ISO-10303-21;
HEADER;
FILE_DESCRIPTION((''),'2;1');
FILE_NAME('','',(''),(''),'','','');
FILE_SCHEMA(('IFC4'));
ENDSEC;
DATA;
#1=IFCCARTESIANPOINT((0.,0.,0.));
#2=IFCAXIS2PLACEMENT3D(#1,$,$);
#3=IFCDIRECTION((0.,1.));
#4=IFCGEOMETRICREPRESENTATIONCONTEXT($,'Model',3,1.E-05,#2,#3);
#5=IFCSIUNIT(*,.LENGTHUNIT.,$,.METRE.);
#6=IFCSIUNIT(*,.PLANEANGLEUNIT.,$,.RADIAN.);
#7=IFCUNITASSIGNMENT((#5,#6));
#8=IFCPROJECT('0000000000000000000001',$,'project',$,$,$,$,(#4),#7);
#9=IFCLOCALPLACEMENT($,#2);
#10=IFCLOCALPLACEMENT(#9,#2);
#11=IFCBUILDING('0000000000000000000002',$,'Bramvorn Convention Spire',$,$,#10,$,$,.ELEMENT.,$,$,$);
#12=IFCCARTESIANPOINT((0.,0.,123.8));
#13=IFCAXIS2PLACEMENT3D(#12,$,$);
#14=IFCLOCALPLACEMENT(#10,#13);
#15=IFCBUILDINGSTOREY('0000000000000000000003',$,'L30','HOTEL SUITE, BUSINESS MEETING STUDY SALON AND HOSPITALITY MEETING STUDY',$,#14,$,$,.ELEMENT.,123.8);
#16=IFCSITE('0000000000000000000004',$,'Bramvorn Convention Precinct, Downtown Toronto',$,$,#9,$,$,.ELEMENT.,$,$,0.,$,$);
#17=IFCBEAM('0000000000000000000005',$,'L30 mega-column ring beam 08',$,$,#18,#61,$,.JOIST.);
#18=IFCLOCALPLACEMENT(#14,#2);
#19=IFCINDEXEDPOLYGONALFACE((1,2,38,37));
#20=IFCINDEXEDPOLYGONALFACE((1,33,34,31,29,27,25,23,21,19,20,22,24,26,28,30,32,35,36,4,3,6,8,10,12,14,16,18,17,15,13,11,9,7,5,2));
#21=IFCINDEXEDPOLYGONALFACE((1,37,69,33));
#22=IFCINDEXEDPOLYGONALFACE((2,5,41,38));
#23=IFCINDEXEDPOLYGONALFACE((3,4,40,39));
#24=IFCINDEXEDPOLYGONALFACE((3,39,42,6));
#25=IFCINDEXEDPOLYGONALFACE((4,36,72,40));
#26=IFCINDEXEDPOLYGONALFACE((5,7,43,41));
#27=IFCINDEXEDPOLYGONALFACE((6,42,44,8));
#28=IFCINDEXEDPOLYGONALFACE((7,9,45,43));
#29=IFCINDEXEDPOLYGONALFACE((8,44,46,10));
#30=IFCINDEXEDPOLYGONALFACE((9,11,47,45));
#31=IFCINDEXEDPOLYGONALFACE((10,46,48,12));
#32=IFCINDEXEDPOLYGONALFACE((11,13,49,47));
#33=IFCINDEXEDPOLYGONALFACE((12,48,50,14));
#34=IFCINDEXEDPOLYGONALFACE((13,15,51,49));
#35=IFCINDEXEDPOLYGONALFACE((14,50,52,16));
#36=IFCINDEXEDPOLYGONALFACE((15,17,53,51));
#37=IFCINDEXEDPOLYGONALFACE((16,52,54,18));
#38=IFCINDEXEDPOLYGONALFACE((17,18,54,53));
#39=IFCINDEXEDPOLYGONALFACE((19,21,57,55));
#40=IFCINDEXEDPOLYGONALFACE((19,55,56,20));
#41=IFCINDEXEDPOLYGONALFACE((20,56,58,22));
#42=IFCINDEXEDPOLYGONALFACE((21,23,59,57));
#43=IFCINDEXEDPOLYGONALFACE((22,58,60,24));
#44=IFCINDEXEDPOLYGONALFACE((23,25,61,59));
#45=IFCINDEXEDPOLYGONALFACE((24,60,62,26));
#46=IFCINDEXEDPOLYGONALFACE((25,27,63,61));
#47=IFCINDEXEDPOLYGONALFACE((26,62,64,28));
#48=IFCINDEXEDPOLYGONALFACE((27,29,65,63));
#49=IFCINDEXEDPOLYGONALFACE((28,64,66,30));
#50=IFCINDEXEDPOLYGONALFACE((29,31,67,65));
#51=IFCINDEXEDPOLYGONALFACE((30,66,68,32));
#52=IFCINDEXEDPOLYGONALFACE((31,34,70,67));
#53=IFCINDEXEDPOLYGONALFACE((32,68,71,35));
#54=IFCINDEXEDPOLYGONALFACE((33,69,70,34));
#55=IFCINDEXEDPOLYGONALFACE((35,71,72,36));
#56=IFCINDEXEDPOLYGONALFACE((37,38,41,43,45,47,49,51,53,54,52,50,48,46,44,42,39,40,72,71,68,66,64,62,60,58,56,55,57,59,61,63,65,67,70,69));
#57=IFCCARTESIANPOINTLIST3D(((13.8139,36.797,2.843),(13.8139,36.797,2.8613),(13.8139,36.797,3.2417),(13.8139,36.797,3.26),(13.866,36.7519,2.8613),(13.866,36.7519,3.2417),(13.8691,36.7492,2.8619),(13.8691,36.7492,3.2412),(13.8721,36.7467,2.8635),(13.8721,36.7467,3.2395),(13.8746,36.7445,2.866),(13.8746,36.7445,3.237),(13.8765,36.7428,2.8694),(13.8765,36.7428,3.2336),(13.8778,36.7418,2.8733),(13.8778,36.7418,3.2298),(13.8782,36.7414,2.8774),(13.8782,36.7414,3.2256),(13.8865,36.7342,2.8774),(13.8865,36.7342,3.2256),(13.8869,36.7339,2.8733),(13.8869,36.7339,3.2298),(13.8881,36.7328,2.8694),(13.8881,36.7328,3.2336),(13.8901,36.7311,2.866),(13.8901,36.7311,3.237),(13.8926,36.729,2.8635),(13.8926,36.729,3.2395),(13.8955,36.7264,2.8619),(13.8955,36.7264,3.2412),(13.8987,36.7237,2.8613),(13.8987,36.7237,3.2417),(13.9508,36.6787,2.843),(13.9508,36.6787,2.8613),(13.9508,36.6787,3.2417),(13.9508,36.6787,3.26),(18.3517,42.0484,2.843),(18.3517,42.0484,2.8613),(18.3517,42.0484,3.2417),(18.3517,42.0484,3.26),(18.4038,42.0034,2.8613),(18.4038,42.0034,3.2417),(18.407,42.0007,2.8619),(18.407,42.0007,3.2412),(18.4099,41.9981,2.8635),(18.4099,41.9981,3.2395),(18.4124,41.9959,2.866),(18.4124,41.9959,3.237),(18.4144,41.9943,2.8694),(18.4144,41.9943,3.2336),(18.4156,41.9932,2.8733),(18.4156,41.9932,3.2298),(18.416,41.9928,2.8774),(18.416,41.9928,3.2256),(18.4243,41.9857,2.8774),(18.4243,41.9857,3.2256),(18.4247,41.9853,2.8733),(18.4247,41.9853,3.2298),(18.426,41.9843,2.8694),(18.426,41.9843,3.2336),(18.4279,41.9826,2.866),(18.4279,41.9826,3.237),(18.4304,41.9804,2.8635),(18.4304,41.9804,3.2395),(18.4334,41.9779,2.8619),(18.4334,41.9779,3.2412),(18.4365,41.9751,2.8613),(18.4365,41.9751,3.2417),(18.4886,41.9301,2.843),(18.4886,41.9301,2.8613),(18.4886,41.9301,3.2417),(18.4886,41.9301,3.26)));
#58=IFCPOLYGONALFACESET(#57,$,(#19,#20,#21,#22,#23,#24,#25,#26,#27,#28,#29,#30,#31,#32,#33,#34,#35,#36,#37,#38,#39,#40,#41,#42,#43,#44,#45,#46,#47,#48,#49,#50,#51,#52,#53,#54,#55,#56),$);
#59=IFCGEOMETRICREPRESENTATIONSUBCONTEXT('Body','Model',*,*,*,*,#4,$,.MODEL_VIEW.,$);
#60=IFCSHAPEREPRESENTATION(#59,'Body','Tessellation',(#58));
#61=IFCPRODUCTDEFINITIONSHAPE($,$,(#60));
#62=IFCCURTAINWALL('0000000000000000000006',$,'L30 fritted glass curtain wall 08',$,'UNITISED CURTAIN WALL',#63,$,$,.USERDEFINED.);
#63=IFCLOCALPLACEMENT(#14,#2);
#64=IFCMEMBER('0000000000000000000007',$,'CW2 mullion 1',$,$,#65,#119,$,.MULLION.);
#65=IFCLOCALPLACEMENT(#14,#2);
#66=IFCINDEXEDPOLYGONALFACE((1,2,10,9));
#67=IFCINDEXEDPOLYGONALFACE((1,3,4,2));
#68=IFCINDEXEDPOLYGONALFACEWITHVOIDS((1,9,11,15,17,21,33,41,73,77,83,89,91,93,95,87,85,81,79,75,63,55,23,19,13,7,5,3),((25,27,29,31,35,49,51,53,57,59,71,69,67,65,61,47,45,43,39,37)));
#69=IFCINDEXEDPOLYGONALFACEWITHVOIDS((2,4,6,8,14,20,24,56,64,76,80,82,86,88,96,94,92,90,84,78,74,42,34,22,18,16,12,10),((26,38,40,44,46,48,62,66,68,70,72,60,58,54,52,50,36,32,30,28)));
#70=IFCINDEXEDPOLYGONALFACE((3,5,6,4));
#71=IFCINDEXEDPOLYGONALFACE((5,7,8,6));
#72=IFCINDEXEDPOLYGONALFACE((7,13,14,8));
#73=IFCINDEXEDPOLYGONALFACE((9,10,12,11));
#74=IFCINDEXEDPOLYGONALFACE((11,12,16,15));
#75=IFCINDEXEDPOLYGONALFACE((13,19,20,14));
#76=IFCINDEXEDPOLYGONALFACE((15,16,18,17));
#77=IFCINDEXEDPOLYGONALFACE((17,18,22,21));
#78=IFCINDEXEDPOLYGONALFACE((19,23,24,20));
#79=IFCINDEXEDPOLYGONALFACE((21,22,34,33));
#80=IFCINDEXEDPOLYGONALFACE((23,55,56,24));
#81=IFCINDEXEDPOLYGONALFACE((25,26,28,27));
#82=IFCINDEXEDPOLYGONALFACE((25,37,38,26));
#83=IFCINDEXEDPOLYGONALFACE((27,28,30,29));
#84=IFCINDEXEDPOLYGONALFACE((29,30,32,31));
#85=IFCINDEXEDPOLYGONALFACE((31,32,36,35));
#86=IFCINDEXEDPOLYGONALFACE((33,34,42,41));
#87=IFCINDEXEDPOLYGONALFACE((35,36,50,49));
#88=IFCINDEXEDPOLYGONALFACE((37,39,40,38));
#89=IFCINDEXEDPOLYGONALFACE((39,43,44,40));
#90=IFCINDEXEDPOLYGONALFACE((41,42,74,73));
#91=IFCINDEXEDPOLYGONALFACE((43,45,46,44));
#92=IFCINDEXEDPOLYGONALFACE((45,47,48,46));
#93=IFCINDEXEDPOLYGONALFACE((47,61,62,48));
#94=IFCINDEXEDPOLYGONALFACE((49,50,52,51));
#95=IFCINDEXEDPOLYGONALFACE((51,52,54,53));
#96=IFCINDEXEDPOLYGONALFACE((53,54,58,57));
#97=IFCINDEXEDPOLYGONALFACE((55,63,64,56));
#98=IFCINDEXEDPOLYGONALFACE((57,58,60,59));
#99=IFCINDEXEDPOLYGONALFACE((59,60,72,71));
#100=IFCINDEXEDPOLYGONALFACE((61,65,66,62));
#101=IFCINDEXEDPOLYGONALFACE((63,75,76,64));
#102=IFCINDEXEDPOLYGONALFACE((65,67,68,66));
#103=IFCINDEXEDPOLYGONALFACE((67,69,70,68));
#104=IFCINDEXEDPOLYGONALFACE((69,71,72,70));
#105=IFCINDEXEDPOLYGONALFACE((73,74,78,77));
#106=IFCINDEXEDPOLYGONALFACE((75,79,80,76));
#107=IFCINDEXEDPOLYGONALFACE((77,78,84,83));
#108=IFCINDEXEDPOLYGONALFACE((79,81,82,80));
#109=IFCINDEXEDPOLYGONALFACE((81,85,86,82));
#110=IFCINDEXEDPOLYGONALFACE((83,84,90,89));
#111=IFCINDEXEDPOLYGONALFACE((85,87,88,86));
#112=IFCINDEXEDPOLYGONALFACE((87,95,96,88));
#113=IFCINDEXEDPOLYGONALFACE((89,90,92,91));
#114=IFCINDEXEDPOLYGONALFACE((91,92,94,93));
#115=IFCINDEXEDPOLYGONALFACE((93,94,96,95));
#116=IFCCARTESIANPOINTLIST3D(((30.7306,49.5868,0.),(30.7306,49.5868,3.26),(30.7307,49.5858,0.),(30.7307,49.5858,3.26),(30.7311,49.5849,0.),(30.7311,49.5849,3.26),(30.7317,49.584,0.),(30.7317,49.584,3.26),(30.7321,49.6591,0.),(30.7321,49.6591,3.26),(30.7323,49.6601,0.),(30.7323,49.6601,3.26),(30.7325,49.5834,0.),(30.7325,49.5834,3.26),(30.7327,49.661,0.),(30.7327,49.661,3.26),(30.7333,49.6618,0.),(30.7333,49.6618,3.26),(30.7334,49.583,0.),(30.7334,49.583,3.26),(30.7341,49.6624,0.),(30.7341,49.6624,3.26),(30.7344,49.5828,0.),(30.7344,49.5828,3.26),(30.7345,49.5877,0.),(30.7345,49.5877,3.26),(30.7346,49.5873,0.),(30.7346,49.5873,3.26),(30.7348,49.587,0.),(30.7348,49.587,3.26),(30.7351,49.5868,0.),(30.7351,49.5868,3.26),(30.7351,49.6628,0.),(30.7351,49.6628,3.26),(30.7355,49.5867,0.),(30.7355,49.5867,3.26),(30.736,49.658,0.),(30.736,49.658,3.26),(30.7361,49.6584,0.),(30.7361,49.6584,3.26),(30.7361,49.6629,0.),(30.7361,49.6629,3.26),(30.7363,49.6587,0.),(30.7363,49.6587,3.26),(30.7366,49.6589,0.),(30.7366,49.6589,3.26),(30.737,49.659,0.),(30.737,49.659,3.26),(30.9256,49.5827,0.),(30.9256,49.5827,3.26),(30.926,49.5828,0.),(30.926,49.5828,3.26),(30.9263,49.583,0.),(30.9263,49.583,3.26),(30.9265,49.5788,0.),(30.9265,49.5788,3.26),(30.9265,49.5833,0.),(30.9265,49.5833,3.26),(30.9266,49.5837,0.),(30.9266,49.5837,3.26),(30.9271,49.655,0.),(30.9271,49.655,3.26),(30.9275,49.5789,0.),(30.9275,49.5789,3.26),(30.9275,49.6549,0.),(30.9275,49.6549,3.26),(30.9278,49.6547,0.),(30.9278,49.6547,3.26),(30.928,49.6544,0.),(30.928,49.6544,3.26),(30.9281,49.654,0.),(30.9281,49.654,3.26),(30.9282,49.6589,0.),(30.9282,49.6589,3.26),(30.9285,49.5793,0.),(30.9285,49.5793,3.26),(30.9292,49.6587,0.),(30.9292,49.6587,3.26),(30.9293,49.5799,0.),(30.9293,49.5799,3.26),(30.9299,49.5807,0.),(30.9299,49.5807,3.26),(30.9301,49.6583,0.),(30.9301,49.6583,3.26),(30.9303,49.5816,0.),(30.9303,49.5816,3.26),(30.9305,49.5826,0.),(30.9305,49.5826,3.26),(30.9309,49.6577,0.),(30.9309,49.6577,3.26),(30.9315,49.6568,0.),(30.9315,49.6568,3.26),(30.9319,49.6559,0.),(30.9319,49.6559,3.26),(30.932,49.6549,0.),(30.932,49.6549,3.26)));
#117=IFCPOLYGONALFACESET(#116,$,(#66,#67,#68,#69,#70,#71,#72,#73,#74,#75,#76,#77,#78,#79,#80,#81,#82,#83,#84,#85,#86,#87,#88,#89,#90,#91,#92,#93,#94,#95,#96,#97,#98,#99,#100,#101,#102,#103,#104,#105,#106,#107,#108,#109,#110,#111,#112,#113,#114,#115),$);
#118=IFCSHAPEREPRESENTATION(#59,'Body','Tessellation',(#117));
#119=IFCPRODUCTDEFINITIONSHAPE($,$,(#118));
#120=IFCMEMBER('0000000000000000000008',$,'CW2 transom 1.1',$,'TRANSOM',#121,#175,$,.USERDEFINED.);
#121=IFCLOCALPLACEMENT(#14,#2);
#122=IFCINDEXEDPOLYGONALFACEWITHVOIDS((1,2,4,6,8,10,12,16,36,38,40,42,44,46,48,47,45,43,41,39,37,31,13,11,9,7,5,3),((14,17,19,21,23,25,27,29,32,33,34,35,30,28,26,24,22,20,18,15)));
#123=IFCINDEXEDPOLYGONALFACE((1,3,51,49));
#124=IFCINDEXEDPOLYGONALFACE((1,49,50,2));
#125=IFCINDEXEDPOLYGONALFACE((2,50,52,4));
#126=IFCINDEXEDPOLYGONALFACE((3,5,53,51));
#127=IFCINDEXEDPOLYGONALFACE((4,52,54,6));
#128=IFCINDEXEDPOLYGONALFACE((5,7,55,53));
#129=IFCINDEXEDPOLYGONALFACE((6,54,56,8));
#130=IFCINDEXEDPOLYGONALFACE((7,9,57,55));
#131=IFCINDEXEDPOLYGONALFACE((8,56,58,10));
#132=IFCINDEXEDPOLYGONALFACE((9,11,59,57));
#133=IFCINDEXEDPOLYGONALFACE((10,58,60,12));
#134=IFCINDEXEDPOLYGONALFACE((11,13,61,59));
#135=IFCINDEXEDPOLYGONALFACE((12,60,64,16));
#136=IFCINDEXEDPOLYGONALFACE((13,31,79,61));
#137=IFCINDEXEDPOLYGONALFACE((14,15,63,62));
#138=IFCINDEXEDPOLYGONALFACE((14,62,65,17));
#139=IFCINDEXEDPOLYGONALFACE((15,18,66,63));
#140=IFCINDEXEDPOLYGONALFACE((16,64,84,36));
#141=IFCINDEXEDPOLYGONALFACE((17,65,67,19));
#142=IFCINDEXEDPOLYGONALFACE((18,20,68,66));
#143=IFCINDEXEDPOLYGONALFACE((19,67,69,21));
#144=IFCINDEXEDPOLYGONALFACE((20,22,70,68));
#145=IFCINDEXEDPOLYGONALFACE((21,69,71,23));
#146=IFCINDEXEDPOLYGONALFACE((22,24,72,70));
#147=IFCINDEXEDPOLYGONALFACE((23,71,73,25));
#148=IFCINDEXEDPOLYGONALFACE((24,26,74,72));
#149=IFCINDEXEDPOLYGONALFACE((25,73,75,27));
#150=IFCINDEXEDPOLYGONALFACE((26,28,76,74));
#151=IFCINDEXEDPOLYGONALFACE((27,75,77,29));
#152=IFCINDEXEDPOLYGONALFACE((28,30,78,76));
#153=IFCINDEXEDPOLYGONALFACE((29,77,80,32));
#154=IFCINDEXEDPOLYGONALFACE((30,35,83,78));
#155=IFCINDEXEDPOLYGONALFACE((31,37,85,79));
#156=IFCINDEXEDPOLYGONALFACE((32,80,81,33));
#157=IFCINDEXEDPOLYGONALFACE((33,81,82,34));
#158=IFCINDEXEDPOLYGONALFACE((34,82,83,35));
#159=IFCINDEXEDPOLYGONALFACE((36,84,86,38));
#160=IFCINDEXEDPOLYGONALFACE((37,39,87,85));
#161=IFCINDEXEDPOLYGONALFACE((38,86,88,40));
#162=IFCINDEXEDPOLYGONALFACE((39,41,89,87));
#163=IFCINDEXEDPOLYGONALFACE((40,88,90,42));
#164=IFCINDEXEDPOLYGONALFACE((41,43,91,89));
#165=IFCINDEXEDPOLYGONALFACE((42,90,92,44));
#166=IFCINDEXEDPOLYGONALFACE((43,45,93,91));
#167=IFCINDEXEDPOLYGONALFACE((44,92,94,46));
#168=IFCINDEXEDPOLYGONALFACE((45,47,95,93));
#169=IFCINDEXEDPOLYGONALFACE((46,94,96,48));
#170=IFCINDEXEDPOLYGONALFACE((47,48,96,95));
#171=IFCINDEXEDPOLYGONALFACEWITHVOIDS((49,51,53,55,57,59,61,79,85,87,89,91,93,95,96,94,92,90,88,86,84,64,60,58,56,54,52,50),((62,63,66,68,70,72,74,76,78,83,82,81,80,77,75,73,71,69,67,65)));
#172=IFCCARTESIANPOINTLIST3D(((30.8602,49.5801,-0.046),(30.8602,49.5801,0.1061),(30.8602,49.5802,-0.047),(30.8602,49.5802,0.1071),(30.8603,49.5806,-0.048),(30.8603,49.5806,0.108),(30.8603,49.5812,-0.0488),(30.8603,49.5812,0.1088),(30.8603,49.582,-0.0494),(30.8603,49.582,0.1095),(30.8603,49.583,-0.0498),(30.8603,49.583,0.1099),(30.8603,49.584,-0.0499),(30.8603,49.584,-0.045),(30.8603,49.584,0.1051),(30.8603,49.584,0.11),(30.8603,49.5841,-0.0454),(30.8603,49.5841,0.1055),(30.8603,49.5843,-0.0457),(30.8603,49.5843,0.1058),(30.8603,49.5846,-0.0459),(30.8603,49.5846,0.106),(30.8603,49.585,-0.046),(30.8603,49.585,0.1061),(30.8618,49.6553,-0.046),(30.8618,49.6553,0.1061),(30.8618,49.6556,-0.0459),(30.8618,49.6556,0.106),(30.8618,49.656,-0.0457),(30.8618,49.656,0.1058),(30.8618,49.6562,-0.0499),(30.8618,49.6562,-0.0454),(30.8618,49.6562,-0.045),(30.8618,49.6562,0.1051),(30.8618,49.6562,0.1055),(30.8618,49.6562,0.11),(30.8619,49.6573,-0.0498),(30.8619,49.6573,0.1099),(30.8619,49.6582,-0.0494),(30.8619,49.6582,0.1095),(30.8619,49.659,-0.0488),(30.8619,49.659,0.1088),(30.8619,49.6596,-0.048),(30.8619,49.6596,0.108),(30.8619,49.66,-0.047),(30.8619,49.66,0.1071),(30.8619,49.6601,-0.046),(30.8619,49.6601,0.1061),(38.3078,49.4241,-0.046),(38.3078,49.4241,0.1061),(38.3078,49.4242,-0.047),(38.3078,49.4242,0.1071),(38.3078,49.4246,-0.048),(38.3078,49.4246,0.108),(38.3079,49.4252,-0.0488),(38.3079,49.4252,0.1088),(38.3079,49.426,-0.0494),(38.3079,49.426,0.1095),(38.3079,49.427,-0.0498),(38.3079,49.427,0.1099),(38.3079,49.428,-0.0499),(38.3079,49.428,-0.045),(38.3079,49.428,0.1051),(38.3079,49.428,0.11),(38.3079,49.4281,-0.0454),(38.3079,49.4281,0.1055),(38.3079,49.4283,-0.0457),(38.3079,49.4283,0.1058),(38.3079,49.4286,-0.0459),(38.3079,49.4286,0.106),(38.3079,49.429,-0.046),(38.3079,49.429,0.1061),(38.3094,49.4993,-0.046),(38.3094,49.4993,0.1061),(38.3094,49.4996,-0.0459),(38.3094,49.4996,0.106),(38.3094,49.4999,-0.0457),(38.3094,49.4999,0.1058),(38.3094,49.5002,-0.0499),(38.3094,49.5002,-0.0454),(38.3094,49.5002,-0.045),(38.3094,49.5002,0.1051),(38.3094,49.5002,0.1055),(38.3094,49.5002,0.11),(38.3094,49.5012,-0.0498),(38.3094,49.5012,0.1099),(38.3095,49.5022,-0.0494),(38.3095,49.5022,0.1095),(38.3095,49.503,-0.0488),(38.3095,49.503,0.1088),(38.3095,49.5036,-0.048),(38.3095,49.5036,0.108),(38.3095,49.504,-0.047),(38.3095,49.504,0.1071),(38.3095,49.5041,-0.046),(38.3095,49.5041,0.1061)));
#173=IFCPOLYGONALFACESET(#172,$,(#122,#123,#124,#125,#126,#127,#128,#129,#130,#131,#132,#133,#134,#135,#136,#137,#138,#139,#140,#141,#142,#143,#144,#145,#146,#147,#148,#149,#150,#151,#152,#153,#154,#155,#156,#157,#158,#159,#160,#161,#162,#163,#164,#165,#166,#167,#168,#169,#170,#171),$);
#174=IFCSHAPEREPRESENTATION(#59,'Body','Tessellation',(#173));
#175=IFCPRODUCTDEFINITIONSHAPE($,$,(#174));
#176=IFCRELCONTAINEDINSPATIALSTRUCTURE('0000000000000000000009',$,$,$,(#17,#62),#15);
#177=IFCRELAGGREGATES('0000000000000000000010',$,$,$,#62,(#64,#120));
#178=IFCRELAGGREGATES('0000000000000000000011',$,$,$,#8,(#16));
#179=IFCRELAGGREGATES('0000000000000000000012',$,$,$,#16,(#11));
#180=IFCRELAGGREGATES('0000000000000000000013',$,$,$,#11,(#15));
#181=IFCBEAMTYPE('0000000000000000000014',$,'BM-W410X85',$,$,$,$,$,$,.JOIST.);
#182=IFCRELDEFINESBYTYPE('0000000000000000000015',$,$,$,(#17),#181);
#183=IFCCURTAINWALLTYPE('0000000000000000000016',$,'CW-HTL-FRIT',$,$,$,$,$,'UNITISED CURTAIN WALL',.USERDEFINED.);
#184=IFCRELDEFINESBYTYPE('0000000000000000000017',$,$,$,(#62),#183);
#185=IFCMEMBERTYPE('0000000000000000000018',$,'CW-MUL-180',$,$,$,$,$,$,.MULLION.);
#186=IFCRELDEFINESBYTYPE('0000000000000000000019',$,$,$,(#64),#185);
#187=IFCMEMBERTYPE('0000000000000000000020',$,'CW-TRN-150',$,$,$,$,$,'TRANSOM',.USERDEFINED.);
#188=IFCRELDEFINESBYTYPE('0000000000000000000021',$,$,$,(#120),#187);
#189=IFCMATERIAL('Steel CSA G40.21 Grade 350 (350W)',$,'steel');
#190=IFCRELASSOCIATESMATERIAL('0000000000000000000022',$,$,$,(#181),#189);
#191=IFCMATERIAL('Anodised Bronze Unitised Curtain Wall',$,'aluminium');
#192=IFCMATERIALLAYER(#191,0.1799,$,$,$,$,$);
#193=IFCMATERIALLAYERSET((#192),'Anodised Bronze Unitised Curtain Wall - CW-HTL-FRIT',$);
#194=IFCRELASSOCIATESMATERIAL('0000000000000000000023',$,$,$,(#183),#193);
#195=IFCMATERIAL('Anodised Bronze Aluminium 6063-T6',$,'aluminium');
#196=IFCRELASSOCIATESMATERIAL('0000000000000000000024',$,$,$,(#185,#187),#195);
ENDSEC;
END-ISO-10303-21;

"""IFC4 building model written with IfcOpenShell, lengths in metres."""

from ifc_helpers import new_model, si_unit, direction, frame, origin, origin_2d, place, context, subcontext, project, spatial, hollow_rectangle, i_section, extrude, material, layer, layer_set, material_profile, profile_set, type_object, element, aggregate, save


model = new_model("IFC4")

# Units and contexts
model_context = context("Model", 3, precision=1e-05, world=origin(), true_north=direction((0.0, 1.0)))
body_context = subcontext(model_context, "Body", "Model", "MODEL_VIEW")
ifc_project = project(units=[si_unit("LENGTHUNIT", "METRE"), si_unit("PLANEANGLEUNIT", "RADIAN")], contexts=[model_context])

# Site, building, storey
site_placement = place(None, origin())
site = spatial("IfcSite", under=ifc_project, at=site_placement, Name="Bramvorn Convention Precinct, Downtown Toronto", CompositionType="ELEMENT", RefElevation=0.0)
building_placement = place(site_placement, origin())
building = spatial("IfcBuilding", under=site, at=building_placement, Name="Bramvorn Convention Spire", CompositionType="ELEMENT")
storey_placement = place(building_placement, frame((0.0, 0.0, 123.8)))
storey = spatial("IfcBuildingStorey", under=building, at=storey_placement, Name="L30", Description="HOTEL SUITE, BUSINESS MEETING STUDY SALON AND HOSPITALITY MEETING STUDY", CompositionType="ELEMENT", Elevation=123.8)

# Shared definitions
ifc_material_1 = material(Name="Steel CSA G40.21 Grade 350 (350W)", Category="steel")

# Beam
ifc_material_profile_1 = material_profile(ifc_material_1, i_section(OverallWidth=0.1809, OverallDepth=0.417, WebThickness=0.011, FlangeThickness=0.0183, FilletRadius=0.0161, at=origin_2d()))
ifc_profile_set_1 = profile_set([ifc_material_profile_1], Name="Steel CSA G40.21 Grade 350 (350W) - W410X85")
beam_type_1 = type_object("IfcBeamType", Name="BM-W410X85", PredefinedType="JOIST", material=ifc_profile_set_1)
beam_1_placement = place(storey_placement, frame((18.4202, 41.9893, 3.0515), z_axis=(-0.653825, -0.756646, 0.0), x_axis=(0.756646, -0.653825, 0.0)))
element("IfcBeam", 1, at=beam_1_placement, inside=storey, type_object=beam_type_1, Name="L30 mega-column ring beam 08", PredefinedType="JOIST", context=body_context, shape_type="SweptSolid", body=[
    extrude(i_section(OverallWidth=0.1809, OverallDepth=0.417, WebThickness=0.011, FlangeThickness=0.0183, FilletRadius=0.0161, at=origin_2d()), origin(), (0.0, 0.0, 1.0), 6.9404),
])

# Curtain wall, members
ifc_material_2 = material(Name="Anodised Bronze Unitised Curtain Wall", Category="aluminium")
ifc_layer_1 = layer(ifc_material_2, 0.1799)
ifc_layer_set_1 = layer_set([ifc_layer_1], Name="Anodised Bronze Unitised Curtain Wall - CW-HTL-FRIT")
curtain_wall_type = type_object("IfcCurtainWallType", Name="CW-HTL-FRIT", ElementType="UNITISED CURTAIN WALL", PredefinedType="USERDEFINED", material=ifc_layer_set_1)
curtain_wall_placement = place(storey_placement, origin())
curtain_wall = element("IfcCurtainWall", 2, at=curtain_wall_placement, inside=storey, type_object=curtain_wall_type, Name="L30 fritted glass curtain wall 08", ObjectType="UNITISED CURTAIN WALL", PredefinedType="USERDEFINED")
ifc_material_3 = material(Name="Anodised Bronze Aluminium 6063-T6", Category="aluminium")
ifc_material_profile_2 = material_profile(ifc_material_3, hollow_rectangle(XDim=0.0801, YDim=0.2, WallThickness=0.0039, InnerFilletRadius=0.001, OuterFilletRadius=0.0039, at=origin_2d()))
ifc_profile_set_2 = profile_set([ifc_material_profile_2], Name="Anodised Bronze Aluminium 6063-T6 - CWM80X200")
member_type_1 = type_object("IfcMemberType", Name="CW-MUL-180", PredefinedType="MULLION", material=ifc_profile_set_2)
member_1_placement = place(storey_placement, frame((30.8313, 49.6208, 0.0), z_axis=(0.0, 0.0, 1.0), x_axis=(0.02094, 0.999781, 0.0)))
member_1 = element("IfcMember", 3, at=member_1_placement, type_object=member_type_1, Name="CW2 mullion 1", PredefinedType="MULLION", context=body_context, shape_type="SweptSolid", body=[
    extrude(hollow_rectangle(XDim=0.0801, YDim=0.2, WallThickness=0.0039, InnerFilletRadius=0.001, OuterFilletRadius=0.0039, at=origin_2d()), origin(), (0.0, 0.0, 1.0), 3.26),
])
ifc_material_profile_3 = material_profile(ifc_material_3, hollow_rectangle(XDim=0.0801, YDim=0.1599, WallThickness=0.0039, InnerFilletRadius=0.001, OuterFilletRadius=0.0039, at=origin_2d()))
ifc_profile_set_3 = profile_set([ifc_material_profile_3], Name="Anodised Bronze Aluminium 6063-T6 - CWT80X160")
member_type_2 = type_object("IfcMemberType", Name="CW-TRN-150", ElementType="TRANSOM", PredefinedType="USERDEFINED", material=ifc_profile_set_3)
member_2_placement = place(storey_placement, frame((30.8611, 49.6201, 0.03), z_axis=(0.999781, -0.020943, 0.0), x_axis=(0.020943, 0.999781, 0.0)))
member_2 = element("IfcMember", 4, at=member_2_placement, type_object=member_type_2, Name="CW2 transom 1.1", ObjectType="TRANSOM", PredefinedType="USERDEFINED", context=body_context, shape_type="SweptSolid", body=[
    extrude(hollow_rectangle(XDim=0.0801, YDim=0.1599, WallThickness=0.0039, InnerFilletRadius=0.001, OuterFilletRadius=0.0039, at=origin_2d()), origin(), (0.0, 0.0, 1.0), 7.4492),
])
aggregate(curtain_wall, [member_1, member_2])

save(model, "model.ifc")
